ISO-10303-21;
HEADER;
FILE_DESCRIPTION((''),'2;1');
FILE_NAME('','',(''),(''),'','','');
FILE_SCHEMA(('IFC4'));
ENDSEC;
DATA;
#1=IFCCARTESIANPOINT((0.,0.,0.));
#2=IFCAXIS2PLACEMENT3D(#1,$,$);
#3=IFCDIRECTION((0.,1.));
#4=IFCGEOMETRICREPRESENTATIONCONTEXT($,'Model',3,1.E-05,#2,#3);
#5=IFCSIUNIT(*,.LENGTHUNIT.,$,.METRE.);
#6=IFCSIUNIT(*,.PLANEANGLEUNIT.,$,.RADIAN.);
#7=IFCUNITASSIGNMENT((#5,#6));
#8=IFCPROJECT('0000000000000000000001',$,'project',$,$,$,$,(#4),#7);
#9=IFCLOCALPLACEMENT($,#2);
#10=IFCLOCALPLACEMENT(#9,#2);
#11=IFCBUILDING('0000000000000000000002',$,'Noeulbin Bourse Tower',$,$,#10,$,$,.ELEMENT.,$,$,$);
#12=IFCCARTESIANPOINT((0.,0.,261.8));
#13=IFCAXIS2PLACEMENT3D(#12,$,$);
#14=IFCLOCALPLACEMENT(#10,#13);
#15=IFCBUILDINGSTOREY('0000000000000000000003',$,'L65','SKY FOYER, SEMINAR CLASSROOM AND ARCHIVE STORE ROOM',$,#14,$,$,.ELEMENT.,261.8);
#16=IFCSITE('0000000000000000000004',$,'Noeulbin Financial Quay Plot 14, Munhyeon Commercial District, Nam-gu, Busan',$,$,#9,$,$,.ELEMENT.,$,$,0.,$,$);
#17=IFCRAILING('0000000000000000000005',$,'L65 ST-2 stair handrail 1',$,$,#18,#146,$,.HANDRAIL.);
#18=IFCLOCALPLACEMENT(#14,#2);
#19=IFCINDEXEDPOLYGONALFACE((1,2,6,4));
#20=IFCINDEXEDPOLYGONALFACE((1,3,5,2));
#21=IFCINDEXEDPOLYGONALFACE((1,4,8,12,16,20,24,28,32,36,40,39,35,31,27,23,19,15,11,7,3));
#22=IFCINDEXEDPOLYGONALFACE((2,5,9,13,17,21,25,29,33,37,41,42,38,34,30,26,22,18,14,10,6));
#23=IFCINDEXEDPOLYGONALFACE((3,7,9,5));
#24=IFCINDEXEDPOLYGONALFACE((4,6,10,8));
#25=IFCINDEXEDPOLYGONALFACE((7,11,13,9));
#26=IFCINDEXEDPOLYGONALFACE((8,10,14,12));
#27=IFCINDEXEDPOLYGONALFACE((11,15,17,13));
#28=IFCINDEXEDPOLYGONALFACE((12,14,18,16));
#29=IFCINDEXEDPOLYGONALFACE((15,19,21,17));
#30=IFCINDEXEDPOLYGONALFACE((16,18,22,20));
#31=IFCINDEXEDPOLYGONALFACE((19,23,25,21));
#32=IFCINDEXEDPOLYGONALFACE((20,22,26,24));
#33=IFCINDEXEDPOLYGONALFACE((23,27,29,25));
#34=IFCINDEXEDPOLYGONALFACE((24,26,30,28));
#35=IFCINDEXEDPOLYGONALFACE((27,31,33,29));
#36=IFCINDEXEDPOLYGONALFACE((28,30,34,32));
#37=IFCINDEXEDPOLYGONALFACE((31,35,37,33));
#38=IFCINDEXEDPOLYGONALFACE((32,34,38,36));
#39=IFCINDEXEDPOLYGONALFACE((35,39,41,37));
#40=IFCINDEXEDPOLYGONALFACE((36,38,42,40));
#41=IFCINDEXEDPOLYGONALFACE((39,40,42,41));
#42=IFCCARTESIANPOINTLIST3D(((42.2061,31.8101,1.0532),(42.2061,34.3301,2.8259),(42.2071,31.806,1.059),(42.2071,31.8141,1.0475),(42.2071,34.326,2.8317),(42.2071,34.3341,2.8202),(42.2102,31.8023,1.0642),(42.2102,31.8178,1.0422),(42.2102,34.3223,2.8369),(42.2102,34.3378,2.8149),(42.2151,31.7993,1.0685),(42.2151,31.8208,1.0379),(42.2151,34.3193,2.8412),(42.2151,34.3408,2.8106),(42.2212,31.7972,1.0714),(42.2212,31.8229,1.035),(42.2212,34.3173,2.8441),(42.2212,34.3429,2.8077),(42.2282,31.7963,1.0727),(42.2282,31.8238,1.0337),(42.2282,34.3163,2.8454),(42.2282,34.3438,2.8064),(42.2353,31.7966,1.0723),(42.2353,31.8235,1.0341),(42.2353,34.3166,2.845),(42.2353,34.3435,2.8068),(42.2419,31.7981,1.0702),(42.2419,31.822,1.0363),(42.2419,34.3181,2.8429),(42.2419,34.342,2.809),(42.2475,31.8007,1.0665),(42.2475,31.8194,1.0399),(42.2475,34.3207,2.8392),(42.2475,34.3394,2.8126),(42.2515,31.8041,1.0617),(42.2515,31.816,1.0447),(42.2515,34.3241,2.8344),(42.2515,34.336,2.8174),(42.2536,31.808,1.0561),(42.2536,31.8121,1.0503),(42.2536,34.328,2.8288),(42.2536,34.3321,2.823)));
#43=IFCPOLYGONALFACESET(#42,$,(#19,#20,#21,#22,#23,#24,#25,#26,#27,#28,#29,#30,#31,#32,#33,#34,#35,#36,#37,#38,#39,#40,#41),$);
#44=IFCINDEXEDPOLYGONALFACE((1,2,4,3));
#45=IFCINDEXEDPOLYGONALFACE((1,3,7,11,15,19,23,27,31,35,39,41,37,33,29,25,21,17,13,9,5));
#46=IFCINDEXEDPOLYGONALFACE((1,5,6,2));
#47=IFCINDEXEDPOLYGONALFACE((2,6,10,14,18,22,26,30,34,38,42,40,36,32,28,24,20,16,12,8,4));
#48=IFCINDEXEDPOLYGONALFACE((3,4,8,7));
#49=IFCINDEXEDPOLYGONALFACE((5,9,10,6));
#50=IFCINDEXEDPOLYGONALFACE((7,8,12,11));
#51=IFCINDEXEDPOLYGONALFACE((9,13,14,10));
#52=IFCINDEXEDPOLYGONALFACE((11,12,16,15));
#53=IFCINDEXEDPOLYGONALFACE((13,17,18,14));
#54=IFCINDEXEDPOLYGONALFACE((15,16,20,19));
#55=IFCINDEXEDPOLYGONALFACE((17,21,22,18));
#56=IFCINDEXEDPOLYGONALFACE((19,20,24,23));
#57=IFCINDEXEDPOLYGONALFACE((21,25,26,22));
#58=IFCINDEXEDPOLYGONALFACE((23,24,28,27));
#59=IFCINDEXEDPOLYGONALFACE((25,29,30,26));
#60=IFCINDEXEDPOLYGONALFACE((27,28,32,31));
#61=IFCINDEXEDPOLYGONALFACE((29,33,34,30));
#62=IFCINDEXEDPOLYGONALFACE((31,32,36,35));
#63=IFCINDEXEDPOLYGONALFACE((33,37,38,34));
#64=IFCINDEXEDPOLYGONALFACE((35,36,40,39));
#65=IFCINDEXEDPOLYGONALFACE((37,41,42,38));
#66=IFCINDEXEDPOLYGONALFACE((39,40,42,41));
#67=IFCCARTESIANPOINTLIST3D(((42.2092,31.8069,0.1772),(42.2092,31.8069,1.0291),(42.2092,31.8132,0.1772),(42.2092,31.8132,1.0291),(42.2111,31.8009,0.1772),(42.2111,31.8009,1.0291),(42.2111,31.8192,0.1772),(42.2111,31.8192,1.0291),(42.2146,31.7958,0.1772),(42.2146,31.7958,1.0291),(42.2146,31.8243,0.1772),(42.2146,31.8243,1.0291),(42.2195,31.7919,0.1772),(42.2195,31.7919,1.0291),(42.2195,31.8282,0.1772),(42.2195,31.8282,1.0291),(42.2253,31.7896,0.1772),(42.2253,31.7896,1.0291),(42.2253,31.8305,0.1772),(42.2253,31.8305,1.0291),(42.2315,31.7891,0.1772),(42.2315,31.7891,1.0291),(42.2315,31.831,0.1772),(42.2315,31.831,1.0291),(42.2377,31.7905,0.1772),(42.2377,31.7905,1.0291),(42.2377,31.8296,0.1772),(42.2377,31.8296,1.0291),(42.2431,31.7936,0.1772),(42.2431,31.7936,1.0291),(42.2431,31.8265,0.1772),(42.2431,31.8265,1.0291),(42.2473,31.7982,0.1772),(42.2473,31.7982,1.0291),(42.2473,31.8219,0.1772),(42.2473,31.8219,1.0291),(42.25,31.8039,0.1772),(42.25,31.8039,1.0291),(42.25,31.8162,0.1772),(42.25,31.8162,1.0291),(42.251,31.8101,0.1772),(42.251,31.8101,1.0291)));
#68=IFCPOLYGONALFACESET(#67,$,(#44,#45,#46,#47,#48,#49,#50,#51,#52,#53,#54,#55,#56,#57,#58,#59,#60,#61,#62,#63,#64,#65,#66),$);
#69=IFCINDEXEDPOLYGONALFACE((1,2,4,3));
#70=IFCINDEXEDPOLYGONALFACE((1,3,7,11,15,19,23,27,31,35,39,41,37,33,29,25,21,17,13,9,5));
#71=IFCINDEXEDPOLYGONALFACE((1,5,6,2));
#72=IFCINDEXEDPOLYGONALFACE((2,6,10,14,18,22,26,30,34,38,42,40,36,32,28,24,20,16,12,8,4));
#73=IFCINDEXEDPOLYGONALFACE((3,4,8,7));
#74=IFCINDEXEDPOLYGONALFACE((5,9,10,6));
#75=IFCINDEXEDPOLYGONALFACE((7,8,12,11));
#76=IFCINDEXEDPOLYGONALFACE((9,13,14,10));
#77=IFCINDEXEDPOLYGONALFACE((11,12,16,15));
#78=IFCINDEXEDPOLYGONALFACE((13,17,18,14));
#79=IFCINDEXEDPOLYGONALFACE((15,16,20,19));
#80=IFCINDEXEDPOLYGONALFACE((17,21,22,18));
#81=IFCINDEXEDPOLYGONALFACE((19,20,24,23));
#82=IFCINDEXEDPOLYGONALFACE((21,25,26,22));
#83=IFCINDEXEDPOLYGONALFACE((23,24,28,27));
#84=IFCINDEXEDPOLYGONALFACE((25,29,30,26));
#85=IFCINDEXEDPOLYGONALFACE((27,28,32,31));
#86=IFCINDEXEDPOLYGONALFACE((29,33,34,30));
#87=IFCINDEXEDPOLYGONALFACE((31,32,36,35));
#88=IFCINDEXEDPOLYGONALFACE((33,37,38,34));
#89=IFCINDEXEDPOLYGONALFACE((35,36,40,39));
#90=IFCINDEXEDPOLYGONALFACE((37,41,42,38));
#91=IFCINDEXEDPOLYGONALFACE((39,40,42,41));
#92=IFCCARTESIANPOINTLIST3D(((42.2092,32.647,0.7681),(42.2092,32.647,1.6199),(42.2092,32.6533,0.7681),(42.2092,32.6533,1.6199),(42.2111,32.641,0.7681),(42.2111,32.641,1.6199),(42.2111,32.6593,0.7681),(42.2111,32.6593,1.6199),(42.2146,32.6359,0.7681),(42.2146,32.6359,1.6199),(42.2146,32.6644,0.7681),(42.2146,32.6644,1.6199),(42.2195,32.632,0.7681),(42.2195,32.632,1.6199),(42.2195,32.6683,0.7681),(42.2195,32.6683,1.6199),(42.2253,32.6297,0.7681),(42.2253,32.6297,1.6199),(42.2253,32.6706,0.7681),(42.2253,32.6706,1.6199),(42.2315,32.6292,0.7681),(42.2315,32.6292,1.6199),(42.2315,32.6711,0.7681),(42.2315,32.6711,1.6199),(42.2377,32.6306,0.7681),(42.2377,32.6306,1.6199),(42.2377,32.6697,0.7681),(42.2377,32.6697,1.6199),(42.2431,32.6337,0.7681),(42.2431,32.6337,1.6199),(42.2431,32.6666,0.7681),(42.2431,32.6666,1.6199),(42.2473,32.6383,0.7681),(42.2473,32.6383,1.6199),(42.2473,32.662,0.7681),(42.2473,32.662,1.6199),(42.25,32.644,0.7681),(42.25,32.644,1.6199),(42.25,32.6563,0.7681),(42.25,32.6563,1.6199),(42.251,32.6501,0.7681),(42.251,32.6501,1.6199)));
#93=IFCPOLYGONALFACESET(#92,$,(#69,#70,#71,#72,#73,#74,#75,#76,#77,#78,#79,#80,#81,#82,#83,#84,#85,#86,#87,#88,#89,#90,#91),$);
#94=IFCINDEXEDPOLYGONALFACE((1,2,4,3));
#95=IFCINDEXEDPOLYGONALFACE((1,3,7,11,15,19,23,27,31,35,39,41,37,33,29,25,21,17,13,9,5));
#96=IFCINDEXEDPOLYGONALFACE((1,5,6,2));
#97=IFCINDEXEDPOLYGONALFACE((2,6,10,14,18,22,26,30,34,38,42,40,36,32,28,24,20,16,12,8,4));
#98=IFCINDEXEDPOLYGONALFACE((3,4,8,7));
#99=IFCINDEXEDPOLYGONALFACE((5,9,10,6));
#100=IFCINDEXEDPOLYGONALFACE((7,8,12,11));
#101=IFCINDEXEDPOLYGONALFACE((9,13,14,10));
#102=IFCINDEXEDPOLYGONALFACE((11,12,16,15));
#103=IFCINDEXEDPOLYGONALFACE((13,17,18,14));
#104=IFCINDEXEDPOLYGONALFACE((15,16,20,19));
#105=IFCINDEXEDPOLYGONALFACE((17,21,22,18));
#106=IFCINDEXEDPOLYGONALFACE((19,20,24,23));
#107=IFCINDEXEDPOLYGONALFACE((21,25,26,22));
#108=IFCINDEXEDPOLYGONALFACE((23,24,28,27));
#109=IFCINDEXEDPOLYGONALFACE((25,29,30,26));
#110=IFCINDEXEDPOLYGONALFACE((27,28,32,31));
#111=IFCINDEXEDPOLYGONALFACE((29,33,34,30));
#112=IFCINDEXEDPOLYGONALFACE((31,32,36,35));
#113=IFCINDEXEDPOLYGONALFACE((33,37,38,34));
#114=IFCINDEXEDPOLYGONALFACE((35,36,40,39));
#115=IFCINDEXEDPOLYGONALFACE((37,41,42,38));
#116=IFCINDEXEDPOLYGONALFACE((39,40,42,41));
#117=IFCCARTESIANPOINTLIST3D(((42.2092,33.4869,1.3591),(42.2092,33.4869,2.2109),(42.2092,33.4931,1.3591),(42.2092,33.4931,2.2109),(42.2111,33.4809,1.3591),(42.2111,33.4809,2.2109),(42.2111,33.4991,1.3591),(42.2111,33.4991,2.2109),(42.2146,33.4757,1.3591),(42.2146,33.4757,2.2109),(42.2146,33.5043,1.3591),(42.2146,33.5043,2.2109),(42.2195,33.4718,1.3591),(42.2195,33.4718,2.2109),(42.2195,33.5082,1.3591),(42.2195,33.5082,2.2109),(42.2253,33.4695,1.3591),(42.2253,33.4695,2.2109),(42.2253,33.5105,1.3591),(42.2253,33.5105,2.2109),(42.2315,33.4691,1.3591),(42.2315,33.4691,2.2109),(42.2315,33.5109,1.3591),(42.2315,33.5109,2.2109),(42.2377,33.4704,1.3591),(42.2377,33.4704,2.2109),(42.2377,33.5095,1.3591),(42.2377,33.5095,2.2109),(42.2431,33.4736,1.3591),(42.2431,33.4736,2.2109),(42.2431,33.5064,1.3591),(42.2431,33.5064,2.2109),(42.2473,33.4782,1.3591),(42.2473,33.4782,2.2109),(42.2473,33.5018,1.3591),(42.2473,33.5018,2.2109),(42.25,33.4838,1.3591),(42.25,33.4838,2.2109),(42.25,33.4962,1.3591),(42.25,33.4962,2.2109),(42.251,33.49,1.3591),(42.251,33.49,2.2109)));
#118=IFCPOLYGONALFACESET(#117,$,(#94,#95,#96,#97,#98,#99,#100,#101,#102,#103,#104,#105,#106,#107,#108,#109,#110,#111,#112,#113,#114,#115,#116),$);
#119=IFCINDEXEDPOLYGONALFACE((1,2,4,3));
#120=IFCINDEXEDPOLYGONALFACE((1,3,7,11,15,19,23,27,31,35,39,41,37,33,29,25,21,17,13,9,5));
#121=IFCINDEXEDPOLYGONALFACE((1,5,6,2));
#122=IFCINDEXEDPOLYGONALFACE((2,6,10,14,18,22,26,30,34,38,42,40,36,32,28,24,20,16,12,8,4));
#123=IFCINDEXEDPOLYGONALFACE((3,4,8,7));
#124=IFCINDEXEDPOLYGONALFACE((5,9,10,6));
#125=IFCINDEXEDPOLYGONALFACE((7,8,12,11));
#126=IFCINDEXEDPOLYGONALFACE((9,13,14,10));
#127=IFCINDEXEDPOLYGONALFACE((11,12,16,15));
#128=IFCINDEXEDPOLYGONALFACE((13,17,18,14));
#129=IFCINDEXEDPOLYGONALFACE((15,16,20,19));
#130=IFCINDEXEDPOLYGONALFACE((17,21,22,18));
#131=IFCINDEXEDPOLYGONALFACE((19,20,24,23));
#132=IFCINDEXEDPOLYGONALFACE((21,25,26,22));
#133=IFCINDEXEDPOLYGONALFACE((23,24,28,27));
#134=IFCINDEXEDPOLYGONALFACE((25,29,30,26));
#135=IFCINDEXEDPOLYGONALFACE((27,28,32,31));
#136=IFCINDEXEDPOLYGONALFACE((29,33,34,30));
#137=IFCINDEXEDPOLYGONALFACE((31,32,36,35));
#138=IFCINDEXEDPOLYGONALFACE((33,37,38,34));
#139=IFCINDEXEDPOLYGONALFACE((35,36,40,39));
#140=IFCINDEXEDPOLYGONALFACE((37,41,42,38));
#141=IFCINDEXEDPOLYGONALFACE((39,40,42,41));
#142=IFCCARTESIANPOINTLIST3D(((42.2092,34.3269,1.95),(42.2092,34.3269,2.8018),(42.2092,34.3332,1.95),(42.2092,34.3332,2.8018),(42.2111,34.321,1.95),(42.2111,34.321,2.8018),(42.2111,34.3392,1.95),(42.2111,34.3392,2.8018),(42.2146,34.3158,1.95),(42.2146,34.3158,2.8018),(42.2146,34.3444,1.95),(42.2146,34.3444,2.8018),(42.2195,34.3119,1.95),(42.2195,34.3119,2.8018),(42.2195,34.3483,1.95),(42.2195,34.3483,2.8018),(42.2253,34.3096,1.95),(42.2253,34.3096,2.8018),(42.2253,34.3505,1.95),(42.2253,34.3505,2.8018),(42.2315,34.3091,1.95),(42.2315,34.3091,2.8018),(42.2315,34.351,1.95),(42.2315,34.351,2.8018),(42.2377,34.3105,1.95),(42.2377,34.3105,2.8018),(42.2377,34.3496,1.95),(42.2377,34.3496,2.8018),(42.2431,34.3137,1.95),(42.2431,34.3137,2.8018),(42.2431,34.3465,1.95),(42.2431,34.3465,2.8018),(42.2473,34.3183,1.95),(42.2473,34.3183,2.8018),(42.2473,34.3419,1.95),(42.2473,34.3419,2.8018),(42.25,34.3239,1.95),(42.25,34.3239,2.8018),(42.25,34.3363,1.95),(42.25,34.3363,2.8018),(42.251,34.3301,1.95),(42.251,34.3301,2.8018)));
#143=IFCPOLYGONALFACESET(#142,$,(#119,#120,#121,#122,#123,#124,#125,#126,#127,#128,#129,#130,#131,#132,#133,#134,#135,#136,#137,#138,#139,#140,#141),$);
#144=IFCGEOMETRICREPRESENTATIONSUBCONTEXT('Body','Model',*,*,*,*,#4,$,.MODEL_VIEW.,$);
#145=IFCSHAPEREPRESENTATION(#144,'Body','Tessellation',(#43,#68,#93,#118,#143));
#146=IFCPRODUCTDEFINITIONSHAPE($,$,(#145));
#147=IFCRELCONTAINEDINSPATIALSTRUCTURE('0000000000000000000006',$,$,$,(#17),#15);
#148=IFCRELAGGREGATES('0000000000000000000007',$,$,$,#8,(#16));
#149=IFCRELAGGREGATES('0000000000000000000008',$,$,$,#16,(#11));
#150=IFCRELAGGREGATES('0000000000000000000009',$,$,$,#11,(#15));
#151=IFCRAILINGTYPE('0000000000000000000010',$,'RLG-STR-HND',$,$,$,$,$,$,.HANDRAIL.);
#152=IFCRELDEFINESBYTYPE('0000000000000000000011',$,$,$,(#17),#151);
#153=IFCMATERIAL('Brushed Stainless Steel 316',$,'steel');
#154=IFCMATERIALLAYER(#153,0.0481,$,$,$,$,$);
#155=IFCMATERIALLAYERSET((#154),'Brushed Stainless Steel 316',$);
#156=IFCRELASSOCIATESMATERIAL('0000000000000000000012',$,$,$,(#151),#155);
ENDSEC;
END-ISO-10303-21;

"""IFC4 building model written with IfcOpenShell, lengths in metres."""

from ifc_helpers import new_model, si_unit, direction, frame, origin, origin_2d, place, context, subcontext, project, spatial, circle, extrude, material, layer, layer_set, type_object, element, save


model = new_model("IFC4")

# Units and contexts
model_context = context("Model", 3, precision=1e-05, world=origin(), true_north=direction((0.0, 1.0)))
body_context = subcontext(model_context, "Body", "Model", "MODEL_VIEW")
ifc_project = project(units=[si_unit("LENGTHUNIT", "METRE"), si_unit("PLANEANGLEUNIT", "RADIAN")], contexts=[model_context])

# Site, building, storey
site_placement = place(None, origin())
site = spatial("IfcSite", under=ifc_project, at=site_placement, Name="Noeulbin Financial Quay Plot 14, Munhyeon Commercial District, Nam-gu, Busan", CompositionType="ELEMENT", RefElevation=0.0)
building_placement = place(site_placement, origin())
building = spatial("IfcBuilding", under=site, at=building_placement, Name="Noeulbin Bourse Tower", CompositionType="ELEMENT")
storey_placement = place(building_placement, frame((0.0, 0.0, 261.8)))
storey = spatial("IfcBuildingStorey", under=building, at=storey_placement, Name="L65", Description="SKY FOYER, SEMINAR CLASSROOM AND ARCHIVE STORE ROOM", CompositionType="ELEMENT", Elevation=261.8)

# Railing
ifc_material_1 = material(Name="Brushed Stainless Steel 316", Category="steel")
ifc_layer_1 = layer(ifc_material_1, 0.0481)
ifc_layer_set_1 = layer_set([ifc_layer_1], Name="Brushed Stainless Steel 316")
railing_type_1 = type_object("IfcRailingType", Name="RLG-STR-HND", PredefinedType="HANDRAIL", material=ifc_layer_set_1)
railing_1_placement = place(storey_placement, frame((42.23, 31.8101, 0.1772)))
element("IfcRailing", 1, at=railing_1_placement, inside=storey, type_object=railing_type_1, Name="L65 ST-2 stair handrail 1", PredefinedType="HANDRAIL", context=body_context, shape_type="SweptSolid", body=[
    extrude(circle(Radius=0.0239, at=origin_2d()), frame((0.0, 0.0, 0.876), z_axis=(0.0, 0.817904, 0.575354), x_axis=(-1.0, 0.0, 0.0)), (0.0, 0.0, 1.0), 3.0811),
    extrude(circle(Radius=0.021, at=origin_2d()), origin(), (0.0, 0.0, 1.0), 0.8518),
    extrude(circle(Radius=0.021, at=origin_2d()), frame((0.0, 0.8401, 0.5908)), (0.0, 0.0, 1.0), 0.8518),
    extrude(circle(Radius=0.021, at=origin_2d()), frame((0.0, 1.6799, 1.1819)), (0.0, 0.0, 1.0), 0.8518),
    extrude(circle(Radius=0.021, at=origin_2d()), frame((0.0, 2.52, 1.7727)), (0.0, 0.0, 1.0), 0.8518),
])

save(model, "model.ifc")
